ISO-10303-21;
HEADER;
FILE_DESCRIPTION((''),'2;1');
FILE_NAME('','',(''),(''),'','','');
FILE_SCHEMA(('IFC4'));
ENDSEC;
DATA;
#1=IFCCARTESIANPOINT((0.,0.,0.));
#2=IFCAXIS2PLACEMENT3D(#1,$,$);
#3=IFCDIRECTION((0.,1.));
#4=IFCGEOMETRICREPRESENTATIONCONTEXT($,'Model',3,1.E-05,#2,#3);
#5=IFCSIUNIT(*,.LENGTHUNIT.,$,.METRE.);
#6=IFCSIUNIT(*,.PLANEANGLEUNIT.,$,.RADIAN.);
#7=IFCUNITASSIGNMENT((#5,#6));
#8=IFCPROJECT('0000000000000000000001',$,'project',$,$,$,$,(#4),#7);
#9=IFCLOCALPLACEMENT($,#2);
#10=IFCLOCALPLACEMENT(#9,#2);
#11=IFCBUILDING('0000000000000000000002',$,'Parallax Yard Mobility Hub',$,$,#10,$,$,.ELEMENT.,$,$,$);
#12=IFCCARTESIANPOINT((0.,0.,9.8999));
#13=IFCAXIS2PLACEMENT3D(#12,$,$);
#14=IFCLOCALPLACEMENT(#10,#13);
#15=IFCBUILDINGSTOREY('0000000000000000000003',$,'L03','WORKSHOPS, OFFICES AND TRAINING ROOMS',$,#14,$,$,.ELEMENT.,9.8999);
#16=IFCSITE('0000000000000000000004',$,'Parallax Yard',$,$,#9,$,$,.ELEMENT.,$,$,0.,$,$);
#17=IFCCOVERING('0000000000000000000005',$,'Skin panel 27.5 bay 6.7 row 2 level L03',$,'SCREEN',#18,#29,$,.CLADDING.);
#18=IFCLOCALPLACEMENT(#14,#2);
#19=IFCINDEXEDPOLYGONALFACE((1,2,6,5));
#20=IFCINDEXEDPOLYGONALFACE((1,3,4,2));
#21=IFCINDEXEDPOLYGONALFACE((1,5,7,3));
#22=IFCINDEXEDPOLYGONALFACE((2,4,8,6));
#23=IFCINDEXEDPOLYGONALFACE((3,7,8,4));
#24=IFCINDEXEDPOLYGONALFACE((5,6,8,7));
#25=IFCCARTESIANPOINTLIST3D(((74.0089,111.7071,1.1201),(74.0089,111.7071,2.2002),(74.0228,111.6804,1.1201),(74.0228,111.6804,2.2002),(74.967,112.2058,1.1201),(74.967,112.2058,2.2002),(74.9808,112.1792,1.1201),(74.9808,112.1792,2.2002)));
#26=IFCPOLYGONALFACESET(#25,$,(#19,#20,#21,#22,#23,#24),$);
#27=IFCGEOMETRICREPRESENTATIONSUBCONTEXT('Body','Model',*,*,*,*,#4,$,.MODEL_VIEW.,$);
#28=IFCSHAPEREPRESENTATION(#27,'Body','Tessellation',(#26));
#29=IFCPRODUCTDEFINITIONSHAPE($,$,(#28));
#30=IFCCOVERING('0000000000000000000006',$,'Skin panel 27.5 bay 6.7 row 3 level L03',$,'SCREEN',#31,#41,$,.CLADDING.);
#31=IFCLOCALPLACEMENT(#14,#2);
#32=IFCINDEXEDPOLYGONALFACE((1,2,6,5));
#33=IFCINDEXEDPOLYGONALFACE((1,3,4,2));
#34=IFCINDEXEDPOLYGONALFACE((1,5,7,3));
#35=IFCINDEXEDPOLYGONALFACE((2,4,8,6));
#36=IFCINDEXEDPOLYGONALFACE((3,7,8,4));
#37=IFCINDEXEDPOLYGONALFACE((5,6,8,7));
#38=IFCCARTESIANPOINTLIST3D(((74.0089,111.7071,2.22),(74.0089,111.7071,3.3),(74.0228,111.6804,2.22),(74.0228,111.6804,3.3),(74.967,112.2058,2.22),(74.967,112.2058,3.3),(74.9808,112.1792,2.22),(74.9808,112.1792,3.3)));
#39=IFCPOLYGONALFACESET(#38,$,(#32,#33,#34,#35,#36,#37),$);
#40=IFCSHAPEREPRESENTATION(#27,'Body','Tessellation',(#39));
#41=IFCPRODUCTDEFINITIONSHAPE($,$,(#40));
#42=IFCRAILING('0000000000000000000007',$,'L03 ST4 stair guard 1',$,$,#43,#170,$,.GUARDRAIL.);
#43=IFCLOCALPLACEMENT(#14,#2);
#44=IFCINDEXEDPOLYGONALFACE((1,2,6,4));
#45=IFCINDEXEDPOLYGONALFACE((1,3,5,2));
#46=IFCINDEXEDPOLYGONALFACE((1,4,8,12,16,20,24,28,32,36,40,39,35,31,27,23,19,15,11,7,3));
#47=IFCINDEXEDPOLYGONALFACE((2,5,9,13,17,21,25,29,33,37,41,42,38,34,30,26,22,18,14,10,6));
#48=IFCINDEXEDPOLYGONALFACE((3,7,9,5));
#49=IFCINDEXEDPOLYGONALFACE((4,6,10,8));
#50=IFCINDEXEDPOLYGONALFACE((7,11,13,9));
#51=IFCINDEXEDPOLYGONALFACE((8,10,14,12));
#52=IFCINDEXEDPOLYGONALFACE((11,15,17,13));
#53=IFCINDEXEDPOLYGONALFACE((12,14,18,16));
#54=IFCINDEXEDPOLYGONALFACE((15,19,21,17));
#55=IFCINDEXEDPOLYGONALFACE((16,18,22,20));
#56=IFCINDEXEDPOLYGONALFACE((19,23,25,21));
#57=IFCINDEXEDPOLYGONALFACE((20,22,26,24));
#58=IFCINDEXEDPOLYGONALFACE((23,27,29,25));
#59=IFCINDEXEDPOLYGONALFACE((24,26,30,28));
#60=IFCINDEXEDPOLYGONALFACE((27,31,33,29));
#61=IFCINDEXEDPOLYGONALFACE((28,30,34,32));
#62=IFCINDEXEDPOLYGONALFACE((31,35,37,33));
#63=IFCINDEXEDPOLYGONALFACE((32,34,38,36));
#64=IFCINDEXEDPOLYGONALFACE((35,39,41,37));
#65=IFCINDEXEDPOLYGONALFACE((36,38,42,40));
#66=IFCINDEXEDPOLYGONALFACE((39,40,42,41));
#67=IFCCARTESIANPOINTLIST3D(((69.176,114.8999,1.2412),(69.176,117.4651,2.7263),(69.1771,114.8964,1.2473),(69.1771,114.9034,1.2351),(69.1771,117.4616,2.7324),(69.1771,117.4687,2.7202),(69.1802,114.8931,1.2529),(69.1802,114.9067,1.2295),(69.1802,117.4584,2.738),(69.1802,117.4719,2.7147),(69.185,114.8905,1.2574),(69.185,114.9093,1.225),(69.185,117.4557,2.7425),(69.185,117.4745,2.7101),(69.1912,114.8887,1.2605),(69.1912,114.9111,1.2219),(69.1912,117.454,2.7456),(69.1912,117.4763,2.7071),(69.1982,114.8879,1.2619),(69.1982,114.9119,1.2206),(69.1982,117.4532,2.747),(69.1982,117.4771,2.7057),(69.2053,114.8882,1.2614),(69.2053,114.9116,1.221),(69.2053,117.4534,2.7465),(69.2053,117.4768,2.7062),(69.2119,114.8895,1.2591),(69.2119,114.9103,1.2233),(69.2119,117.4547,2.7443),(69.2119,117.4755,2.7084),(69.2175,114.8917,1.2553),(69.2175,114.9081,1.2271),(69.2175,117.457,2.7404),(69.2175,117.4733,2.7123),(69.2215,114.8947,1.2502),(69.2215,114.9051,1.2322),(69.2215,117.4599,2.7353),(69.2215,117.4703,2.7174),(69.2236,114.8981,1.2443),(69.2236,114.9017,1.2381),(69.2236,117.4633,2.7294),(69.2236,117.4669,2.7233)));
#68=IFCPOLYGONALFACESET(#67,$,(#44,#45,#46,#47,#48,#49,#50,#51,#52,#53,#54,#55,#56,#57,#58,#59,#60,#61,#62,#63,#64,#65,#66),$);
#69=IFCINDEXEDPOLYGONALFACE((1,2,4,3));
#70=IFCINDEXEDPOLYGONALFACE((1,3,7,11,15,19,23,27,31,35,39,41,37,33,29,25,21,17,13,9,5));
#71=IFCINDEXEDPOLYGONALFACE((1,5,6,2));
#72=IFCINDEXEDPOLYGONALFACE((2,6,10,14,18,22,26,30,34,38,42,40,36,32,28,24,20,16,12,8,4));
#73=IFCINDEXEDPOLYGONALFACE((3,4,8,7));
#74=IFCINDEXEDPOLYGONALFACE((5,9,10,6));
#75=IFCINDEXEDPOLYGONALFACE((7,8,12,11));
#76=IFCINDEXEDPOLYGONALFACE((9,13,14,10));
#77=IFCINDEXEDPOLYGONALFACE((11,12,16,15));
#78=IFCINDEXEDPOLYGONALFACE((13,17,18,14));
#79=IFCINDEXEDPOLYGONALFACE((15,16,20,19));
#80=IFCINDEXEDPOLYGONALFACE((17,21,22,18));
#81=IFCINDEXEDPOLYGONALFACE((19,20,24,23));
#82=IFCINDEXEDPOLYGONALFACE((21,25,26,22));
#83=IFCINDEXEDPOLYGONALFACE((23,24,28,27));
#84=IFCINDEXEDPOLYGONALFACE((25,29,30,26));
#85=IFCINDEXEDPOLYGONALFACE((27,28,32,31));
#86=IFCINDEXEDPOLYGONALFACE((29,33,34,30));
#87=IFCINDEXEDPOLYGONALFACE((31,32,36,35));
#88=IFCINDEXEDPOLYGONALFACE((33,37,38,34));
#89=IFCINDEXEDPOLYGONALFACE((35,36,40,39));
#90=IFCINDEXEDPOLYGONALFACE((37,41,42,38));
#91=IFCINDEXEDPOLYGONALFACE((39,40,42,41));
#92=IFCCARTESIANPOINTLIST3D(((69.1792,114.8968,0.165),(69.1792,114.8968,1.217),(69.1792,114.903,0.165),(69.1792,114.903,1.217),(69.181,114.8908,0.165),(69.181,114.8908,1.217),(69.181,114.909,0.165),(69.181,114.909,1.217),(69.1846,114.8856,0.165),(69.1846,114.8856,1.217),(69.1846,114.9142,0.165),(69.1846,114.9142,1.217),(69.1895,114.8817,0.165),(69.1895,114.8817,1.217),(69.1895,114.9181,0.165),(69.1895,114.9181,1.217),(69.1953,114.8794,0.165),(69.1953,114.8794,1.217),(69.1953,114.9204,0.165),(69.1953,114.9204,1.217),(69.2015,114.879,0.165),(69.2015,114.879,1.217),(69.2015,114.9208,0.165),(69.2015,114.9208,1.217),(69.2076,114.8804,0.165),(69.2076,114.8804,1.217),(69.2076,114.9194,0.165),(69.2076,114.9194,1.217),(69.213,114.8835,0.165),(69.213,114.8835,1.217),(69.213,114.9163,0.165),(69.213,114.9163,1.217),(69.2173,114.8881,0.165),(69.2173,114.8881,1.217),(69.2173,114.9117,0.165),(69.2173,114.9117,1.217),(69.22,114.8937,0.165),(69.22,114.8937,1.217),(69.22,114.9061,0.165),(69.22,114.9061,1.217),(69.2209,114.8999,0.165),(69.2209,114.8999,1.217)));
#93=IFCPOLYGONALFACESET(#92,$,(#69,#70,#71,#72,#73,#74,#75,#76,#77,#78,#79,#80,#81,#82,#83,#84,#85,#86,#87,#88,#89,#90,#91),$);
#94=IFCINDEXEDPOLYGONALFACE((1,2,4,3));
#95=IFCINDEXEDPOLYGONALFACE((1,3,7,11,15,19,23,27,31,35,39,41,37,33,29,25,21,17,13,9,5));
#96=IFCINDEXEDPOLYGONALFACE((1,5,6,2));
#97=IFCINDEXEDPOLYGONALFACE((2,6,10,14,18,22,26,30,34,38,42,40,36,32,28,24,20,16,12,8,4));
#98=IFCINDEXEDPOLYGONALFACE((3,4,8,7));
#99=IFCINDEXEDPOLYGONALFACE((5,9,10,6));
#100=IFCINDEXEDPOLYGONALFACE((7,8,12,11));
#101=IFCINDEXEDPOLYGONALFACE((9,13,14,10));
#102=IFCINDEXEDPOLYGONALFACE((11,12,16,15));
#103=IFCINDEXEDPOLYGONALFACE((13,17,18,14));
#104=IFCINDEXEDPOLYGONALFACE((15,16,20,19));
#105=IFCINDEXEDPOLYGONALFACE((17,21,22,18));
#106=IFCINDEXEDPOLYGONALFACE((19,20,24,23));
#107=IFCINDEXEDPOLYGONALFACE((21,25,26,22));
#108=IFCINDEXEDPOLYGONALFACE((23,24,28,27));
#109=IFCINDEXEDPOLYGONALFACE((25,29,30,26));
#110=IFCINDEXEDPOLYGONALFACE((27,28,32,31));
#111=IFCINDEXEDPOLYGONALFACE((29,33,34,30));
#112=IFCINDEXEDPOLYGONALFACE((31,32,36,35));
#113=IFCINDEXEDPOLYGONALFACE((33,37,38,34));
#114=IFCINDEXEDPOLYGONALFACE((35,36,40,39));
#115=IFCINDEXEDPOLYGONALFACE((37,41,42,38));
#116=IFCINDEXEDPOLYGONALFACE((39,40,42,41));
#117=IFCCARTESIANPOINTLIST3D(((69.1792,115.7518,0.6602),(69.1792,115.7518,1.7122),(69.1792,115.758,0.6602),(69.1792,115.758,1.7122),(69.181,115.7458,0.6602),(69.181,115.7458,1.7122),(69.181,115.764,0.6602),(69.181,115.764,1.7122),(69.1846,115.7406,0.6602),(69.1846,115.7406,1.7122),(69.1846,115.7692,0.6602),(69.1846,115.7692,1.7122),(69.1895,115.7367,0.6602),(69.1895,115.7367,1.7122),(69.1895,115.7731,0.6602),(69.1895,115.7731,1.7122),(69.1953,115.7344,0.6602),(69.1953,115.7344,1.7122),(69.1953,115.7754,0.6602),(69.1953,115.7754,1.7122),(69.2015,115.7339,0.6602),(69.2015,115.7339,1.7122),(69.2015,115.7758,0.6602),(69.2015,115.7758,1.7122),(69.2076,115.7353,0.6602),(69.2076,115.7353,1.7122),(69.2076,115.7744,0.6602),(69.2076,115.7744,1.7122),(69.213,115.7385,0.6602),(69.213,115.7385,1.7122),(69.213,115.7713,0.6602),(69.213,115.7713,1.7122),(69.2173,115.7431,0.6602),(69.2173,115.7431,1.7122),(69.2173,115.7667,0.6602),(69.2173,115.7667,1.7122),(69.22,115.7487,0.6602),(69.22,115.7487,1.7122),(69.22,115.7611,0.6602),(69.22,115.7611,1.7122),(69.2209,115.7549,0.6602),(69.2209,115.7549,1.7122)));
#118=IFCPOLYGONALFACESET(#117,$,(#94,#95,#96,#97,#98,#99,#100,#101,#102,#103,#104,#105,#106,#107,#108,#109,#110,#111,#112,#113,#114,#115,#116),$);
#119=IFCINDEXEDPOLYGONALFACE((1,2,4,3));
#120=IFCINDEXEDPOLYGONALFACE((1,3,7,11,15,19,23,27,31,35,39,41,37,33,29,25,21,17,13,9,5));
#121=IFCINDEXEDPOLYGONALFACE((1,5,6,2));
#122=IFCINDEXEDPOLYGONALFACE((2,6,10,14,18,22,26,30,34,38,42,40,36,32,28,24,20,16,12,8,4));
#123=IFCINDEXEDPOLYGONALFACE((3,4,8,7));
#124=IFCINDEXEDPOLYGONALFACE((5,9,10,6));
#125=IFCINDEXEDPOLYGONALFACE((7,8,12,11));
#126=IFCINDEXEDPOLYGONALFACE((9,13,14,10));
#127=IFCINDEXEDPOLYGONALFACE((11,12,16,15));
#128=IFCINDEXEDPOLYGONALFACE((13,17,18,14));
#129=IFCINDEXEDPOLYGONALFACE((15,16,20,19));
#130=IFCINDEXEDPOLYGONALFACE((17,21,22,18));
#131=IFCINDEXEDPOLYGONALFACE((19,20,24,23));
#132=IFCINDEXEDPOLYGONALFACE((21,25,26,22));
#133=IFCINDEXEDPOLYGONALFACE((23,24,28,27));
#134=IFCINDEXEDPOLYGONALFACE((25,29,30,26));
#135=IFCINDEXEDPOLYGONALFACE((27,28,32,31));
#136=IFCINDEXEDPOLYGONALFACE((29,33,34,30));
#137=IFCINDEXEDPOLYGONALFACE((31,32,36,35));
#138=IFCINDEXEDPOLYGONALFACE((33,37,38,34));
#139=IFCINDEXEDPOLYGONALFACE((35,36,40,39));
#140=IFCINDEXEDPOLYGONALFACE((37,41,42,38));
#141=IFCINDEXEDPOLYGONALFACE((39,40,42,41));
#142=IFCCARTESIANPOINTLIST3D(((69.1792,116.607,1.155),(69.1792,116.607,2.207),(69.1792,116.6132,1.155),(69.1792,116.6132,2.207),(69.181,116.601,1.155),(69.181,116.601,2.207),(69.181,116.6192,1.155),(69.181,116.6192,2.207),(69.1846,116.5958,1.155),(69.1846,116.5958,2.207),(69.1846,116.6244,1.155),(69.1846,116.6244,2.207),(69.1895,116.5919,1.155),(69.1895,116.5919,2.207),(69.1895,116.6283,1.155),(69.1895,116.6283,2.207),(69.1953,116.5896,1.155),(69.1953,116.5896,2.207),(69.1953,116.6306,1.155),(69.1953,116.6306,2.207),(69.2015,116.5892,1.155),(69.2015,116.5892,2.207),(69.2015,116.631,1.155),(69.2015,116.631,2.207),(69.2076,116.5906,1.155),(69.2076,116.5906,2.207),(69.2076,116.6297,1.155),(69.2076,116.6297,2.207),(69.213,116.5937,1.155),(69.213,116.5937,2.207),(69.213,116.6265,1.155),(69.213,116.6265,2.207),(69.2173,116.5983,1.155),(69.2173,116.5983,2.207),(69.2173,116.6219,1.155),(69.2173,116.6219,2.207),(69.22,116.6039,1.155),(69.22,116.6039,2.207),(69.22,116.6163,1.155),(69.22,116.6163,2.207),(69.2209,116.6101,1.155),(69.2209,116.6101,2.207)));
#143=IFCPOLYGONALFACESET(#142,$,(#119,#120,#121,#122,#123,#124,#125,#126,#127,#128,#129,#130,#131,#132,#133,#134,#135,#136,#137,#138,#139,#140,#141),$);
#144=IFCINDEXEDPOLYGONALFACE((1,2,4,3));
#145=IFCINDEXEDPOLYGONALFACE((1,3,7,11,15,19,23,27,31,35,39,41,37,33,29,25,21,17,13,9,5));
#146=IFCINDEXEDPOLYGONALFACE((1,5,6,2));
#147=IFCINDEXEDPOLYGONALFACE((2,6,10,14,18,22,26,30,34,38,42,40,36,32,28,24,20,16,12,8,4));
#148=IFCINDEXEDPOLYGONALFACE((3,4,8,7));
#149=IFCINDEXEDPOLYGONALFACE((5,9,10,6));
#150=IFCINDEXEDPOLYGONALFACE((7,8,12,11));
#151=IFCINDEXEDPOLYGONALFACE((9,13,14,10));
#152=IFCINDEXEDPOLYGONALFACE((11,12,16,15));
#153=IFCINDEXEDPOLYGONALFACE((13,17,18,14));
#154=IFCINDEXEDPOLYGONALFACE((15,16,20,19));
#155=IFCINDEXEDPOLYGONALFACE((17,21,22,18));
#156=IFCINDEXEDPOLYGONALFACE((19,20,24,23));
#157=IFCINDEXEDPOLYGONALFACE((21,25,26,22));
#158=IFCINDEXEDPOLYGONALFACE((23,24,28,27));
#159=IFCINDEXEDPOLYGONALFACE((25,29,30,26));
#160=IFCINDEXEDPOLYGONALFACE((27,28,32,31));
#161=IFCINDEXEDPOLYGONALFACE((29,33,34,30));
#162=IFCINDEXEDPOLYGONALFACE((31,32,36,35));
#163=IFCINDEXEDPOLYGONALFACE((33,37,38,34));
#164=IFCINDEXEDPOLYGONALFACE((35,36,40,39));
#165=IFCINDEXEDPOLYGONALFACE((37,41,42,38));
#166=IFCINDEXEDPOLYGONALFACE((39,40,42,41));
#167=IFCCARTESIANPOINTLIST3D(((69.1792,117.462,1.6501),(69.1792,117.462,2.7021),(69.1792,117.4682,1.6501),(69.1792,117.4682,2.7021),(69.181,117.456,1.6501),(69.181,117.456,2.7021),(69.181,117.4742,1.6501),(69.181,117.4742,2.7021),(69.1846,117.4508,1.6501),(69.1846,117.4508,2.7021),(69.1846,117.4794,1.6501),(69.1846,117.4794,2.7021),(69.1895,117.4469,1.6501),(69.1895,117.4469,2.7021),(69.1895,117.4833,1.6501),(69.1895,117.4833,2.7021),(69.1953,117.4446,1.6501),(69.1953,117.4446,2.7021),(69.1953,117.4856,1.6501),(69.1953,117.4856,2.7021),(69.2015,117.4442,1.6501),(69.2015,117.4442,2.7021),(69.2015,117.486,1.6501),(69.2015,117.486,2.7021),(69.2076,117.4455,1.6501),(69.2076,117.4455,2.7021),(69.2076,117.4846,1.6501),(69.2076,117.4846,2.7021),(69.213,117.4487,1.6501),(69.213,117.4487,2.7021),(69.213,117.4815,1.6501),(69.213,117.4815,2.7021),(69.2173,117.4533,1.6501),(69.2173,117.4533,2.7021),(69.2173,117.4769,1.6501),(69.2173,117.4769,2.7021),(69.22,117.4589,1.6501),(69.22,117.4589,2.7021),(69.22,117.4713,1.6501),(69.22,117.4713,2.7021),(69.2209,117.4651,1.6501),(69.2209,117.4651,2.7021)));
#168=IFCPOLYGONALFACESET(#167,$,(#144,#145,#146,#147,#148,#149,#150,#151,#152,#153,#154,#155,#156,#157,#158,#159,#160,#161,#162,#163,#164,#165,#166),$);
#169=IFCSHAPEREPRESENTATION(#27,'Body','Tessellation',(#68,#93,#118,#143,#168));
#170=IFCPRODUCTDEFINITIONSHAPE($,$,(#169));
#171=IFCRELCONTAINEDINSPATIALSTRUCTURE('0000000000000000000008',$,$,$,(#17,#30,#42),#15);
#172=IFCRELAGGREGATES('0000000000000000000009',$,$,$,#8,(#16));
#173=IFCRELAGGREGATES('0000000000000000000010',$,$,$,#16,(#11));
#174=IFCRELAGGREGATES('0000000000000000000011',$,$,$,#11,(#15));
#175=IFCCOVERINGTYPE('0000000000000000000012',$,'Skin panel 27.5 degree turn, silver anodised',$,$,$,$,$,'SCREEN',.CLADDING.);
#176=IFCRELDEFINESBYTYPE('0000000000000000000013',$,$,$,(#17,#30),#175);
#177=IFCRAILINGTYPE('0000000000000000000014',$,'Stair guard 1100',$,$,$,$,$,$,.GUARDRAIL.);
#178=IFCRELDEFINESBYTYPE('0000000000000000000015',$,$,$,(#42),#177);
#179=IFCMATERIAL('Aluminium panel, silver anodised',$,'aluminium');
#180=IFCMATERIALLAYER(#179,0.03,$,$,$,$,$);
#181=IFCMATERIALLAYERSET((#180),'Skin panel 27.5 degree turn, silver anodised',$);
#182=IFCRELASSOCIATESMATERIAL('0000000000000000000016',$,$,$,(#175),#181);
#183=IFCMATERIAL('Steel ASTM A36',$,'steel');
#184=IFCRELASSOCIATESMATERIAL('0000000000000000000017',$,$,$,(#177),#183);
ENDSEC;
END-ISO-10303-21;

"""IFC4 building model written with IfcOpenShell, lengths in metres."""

from ifc_helpers import new_model, si_unit, direction, frame, origin, origin_2d, place, context, subcontext, project, spatial, rectangle, circle, extrude, material, layer, layer_set, type_object, element, save


model = new_model("IFC4")

# Units and contexts
model_context = context("Model", 3, precision=1e-05, world=origin(), true_north=direction((0.0, 1.0)))
body_context = subcontext(model_context, "Body", "Model", "MODEL_VIEW")
ifc_project = project(units=[si_unit("LENGTHUNIT", "METRE"), si_unit("PLANEANGLEUNIT", "RADIAN")], contexts=[model_context])

# Site, building, storey
site_placement = place(None, origin())
site = spatial("IfcSite", under=ifc_project, at=site_placement, Name="Parallax Yard", CompositionType="ELEMENT", RefElevation=0.0)
building_placement = place(site_placement, origin())
building = spatial("IfcBuilding", under=site, at=building_placement, Name="Parallax Yard Mobility Hub", CompositionType="ELEMENT")
storey_placement = place(building_placement, frame((0.0, 0.0, 9.8999)))
storey = spatial("IfcBuildingStorey", under=building, at=storey_placement, Name="L03", Description="WORKSHOPS, OFFICES AND TRAINING ROOMS", CompositionType="ELEMENT", Elevation=9.8999)

# Coverings
ifc_material_1 = material(Name="Aluminium panel, silver anodised", Category="aluminium")
ifc_layer_1 = layer(ifc_material_1, 0.03)
ifc_layer_set_1 = layer_set([ifc_layer_1], Name="Skin panel 27.5 degree turn, silver anodised")
covering_type_1 = type_object("IfcCoveringType", Name="Skin panel 27.5 degree turn, silver anodised", ElementType="SCREEN", PredefinedType="CLADDING", material=ifc_layer_set_1)
for number, where, z_axis, x_axis, name in (
    (1, (74.4949, 111.9431, 1.1201), (0.0, 0.0, 1.0), (-0.887011, -0.461749, 0.0), "Skin panel 27.5 bay 6.7 row 2 level L03"),
    (2, (74.4949, 111.9431, 2.22), (0.0, 0.0, 1.0), (-0.887011, -0.461749, 0.0), "Skin panel 27.5 bay 6.7 row 3 level L03"),
):
    element("IfcCovering", number, at=place(storey_placement, frame(where, z_axis=z_axis, x_axis=x_axis)), inside=storey, type_object=covering_type_1, Name=name, ObjectType="SCREEN", PredefinedType="CLADDING", context=body_context, shape_type="SweptSolid", body=[
        extrude(rectangle(XDim=1.0801, YDim=0.03, at=origin_2d()), origin(), (0.0, 0.0, 1.0), 1.0801),
    ])

# Railing
ifc_material_2 = material(Name="Steel ASTM A36", Category="steel")
railing_type_1 = type_object("IfcRailingType", Name="Stair guard 1100", PredefinedType="GUARDRAIL", material=ifc_material_2)
railing_1_placement = place(storey_placement, frame((69.2, 114.8999, 0.165)))
element("IfcRailing", 3, at=railing_1_placement, inside=storey, type_object=railing_type_1, Name="L03 ST4 stair guard 1", PredefinedType="GUARDRAIL", context=body_context, shape_type="SweptSolid", body=[
    extrude(circle(Radius=0.0239, at=origin_2d()), frame((0.0, 0.0, 1.0762), z_axis=(0.0, 0.865426, 0.501036), x_axis=(-1.0, 0.0, 0.0)), (0.0, 0.0, 1.0), 2.9641),
    extrude(circle(Radius=0.021, at=origin_2d()), origin(), (0.0, 0.0, 1.0), 1.052),
    extrude(circle(Radius=0.021, at=origin_2d()), frame((0.0, 0.855, 0.4951)), (0.0, 0.0, 1.0), 1.052),
    extrude(circle(Radius=0.021, at=origin_2d()), frame((0.0, 1.7102, 0.99)), (0.0, 0.0, 1.0), 1.052),
    extrude(circle(Radius=0.021, at=origin_2d()), frame((0.0, 2.5652, 1.4851)), (0.0, 0.0, 1.0), 1.052),
])

save(model, "model.ifc")
